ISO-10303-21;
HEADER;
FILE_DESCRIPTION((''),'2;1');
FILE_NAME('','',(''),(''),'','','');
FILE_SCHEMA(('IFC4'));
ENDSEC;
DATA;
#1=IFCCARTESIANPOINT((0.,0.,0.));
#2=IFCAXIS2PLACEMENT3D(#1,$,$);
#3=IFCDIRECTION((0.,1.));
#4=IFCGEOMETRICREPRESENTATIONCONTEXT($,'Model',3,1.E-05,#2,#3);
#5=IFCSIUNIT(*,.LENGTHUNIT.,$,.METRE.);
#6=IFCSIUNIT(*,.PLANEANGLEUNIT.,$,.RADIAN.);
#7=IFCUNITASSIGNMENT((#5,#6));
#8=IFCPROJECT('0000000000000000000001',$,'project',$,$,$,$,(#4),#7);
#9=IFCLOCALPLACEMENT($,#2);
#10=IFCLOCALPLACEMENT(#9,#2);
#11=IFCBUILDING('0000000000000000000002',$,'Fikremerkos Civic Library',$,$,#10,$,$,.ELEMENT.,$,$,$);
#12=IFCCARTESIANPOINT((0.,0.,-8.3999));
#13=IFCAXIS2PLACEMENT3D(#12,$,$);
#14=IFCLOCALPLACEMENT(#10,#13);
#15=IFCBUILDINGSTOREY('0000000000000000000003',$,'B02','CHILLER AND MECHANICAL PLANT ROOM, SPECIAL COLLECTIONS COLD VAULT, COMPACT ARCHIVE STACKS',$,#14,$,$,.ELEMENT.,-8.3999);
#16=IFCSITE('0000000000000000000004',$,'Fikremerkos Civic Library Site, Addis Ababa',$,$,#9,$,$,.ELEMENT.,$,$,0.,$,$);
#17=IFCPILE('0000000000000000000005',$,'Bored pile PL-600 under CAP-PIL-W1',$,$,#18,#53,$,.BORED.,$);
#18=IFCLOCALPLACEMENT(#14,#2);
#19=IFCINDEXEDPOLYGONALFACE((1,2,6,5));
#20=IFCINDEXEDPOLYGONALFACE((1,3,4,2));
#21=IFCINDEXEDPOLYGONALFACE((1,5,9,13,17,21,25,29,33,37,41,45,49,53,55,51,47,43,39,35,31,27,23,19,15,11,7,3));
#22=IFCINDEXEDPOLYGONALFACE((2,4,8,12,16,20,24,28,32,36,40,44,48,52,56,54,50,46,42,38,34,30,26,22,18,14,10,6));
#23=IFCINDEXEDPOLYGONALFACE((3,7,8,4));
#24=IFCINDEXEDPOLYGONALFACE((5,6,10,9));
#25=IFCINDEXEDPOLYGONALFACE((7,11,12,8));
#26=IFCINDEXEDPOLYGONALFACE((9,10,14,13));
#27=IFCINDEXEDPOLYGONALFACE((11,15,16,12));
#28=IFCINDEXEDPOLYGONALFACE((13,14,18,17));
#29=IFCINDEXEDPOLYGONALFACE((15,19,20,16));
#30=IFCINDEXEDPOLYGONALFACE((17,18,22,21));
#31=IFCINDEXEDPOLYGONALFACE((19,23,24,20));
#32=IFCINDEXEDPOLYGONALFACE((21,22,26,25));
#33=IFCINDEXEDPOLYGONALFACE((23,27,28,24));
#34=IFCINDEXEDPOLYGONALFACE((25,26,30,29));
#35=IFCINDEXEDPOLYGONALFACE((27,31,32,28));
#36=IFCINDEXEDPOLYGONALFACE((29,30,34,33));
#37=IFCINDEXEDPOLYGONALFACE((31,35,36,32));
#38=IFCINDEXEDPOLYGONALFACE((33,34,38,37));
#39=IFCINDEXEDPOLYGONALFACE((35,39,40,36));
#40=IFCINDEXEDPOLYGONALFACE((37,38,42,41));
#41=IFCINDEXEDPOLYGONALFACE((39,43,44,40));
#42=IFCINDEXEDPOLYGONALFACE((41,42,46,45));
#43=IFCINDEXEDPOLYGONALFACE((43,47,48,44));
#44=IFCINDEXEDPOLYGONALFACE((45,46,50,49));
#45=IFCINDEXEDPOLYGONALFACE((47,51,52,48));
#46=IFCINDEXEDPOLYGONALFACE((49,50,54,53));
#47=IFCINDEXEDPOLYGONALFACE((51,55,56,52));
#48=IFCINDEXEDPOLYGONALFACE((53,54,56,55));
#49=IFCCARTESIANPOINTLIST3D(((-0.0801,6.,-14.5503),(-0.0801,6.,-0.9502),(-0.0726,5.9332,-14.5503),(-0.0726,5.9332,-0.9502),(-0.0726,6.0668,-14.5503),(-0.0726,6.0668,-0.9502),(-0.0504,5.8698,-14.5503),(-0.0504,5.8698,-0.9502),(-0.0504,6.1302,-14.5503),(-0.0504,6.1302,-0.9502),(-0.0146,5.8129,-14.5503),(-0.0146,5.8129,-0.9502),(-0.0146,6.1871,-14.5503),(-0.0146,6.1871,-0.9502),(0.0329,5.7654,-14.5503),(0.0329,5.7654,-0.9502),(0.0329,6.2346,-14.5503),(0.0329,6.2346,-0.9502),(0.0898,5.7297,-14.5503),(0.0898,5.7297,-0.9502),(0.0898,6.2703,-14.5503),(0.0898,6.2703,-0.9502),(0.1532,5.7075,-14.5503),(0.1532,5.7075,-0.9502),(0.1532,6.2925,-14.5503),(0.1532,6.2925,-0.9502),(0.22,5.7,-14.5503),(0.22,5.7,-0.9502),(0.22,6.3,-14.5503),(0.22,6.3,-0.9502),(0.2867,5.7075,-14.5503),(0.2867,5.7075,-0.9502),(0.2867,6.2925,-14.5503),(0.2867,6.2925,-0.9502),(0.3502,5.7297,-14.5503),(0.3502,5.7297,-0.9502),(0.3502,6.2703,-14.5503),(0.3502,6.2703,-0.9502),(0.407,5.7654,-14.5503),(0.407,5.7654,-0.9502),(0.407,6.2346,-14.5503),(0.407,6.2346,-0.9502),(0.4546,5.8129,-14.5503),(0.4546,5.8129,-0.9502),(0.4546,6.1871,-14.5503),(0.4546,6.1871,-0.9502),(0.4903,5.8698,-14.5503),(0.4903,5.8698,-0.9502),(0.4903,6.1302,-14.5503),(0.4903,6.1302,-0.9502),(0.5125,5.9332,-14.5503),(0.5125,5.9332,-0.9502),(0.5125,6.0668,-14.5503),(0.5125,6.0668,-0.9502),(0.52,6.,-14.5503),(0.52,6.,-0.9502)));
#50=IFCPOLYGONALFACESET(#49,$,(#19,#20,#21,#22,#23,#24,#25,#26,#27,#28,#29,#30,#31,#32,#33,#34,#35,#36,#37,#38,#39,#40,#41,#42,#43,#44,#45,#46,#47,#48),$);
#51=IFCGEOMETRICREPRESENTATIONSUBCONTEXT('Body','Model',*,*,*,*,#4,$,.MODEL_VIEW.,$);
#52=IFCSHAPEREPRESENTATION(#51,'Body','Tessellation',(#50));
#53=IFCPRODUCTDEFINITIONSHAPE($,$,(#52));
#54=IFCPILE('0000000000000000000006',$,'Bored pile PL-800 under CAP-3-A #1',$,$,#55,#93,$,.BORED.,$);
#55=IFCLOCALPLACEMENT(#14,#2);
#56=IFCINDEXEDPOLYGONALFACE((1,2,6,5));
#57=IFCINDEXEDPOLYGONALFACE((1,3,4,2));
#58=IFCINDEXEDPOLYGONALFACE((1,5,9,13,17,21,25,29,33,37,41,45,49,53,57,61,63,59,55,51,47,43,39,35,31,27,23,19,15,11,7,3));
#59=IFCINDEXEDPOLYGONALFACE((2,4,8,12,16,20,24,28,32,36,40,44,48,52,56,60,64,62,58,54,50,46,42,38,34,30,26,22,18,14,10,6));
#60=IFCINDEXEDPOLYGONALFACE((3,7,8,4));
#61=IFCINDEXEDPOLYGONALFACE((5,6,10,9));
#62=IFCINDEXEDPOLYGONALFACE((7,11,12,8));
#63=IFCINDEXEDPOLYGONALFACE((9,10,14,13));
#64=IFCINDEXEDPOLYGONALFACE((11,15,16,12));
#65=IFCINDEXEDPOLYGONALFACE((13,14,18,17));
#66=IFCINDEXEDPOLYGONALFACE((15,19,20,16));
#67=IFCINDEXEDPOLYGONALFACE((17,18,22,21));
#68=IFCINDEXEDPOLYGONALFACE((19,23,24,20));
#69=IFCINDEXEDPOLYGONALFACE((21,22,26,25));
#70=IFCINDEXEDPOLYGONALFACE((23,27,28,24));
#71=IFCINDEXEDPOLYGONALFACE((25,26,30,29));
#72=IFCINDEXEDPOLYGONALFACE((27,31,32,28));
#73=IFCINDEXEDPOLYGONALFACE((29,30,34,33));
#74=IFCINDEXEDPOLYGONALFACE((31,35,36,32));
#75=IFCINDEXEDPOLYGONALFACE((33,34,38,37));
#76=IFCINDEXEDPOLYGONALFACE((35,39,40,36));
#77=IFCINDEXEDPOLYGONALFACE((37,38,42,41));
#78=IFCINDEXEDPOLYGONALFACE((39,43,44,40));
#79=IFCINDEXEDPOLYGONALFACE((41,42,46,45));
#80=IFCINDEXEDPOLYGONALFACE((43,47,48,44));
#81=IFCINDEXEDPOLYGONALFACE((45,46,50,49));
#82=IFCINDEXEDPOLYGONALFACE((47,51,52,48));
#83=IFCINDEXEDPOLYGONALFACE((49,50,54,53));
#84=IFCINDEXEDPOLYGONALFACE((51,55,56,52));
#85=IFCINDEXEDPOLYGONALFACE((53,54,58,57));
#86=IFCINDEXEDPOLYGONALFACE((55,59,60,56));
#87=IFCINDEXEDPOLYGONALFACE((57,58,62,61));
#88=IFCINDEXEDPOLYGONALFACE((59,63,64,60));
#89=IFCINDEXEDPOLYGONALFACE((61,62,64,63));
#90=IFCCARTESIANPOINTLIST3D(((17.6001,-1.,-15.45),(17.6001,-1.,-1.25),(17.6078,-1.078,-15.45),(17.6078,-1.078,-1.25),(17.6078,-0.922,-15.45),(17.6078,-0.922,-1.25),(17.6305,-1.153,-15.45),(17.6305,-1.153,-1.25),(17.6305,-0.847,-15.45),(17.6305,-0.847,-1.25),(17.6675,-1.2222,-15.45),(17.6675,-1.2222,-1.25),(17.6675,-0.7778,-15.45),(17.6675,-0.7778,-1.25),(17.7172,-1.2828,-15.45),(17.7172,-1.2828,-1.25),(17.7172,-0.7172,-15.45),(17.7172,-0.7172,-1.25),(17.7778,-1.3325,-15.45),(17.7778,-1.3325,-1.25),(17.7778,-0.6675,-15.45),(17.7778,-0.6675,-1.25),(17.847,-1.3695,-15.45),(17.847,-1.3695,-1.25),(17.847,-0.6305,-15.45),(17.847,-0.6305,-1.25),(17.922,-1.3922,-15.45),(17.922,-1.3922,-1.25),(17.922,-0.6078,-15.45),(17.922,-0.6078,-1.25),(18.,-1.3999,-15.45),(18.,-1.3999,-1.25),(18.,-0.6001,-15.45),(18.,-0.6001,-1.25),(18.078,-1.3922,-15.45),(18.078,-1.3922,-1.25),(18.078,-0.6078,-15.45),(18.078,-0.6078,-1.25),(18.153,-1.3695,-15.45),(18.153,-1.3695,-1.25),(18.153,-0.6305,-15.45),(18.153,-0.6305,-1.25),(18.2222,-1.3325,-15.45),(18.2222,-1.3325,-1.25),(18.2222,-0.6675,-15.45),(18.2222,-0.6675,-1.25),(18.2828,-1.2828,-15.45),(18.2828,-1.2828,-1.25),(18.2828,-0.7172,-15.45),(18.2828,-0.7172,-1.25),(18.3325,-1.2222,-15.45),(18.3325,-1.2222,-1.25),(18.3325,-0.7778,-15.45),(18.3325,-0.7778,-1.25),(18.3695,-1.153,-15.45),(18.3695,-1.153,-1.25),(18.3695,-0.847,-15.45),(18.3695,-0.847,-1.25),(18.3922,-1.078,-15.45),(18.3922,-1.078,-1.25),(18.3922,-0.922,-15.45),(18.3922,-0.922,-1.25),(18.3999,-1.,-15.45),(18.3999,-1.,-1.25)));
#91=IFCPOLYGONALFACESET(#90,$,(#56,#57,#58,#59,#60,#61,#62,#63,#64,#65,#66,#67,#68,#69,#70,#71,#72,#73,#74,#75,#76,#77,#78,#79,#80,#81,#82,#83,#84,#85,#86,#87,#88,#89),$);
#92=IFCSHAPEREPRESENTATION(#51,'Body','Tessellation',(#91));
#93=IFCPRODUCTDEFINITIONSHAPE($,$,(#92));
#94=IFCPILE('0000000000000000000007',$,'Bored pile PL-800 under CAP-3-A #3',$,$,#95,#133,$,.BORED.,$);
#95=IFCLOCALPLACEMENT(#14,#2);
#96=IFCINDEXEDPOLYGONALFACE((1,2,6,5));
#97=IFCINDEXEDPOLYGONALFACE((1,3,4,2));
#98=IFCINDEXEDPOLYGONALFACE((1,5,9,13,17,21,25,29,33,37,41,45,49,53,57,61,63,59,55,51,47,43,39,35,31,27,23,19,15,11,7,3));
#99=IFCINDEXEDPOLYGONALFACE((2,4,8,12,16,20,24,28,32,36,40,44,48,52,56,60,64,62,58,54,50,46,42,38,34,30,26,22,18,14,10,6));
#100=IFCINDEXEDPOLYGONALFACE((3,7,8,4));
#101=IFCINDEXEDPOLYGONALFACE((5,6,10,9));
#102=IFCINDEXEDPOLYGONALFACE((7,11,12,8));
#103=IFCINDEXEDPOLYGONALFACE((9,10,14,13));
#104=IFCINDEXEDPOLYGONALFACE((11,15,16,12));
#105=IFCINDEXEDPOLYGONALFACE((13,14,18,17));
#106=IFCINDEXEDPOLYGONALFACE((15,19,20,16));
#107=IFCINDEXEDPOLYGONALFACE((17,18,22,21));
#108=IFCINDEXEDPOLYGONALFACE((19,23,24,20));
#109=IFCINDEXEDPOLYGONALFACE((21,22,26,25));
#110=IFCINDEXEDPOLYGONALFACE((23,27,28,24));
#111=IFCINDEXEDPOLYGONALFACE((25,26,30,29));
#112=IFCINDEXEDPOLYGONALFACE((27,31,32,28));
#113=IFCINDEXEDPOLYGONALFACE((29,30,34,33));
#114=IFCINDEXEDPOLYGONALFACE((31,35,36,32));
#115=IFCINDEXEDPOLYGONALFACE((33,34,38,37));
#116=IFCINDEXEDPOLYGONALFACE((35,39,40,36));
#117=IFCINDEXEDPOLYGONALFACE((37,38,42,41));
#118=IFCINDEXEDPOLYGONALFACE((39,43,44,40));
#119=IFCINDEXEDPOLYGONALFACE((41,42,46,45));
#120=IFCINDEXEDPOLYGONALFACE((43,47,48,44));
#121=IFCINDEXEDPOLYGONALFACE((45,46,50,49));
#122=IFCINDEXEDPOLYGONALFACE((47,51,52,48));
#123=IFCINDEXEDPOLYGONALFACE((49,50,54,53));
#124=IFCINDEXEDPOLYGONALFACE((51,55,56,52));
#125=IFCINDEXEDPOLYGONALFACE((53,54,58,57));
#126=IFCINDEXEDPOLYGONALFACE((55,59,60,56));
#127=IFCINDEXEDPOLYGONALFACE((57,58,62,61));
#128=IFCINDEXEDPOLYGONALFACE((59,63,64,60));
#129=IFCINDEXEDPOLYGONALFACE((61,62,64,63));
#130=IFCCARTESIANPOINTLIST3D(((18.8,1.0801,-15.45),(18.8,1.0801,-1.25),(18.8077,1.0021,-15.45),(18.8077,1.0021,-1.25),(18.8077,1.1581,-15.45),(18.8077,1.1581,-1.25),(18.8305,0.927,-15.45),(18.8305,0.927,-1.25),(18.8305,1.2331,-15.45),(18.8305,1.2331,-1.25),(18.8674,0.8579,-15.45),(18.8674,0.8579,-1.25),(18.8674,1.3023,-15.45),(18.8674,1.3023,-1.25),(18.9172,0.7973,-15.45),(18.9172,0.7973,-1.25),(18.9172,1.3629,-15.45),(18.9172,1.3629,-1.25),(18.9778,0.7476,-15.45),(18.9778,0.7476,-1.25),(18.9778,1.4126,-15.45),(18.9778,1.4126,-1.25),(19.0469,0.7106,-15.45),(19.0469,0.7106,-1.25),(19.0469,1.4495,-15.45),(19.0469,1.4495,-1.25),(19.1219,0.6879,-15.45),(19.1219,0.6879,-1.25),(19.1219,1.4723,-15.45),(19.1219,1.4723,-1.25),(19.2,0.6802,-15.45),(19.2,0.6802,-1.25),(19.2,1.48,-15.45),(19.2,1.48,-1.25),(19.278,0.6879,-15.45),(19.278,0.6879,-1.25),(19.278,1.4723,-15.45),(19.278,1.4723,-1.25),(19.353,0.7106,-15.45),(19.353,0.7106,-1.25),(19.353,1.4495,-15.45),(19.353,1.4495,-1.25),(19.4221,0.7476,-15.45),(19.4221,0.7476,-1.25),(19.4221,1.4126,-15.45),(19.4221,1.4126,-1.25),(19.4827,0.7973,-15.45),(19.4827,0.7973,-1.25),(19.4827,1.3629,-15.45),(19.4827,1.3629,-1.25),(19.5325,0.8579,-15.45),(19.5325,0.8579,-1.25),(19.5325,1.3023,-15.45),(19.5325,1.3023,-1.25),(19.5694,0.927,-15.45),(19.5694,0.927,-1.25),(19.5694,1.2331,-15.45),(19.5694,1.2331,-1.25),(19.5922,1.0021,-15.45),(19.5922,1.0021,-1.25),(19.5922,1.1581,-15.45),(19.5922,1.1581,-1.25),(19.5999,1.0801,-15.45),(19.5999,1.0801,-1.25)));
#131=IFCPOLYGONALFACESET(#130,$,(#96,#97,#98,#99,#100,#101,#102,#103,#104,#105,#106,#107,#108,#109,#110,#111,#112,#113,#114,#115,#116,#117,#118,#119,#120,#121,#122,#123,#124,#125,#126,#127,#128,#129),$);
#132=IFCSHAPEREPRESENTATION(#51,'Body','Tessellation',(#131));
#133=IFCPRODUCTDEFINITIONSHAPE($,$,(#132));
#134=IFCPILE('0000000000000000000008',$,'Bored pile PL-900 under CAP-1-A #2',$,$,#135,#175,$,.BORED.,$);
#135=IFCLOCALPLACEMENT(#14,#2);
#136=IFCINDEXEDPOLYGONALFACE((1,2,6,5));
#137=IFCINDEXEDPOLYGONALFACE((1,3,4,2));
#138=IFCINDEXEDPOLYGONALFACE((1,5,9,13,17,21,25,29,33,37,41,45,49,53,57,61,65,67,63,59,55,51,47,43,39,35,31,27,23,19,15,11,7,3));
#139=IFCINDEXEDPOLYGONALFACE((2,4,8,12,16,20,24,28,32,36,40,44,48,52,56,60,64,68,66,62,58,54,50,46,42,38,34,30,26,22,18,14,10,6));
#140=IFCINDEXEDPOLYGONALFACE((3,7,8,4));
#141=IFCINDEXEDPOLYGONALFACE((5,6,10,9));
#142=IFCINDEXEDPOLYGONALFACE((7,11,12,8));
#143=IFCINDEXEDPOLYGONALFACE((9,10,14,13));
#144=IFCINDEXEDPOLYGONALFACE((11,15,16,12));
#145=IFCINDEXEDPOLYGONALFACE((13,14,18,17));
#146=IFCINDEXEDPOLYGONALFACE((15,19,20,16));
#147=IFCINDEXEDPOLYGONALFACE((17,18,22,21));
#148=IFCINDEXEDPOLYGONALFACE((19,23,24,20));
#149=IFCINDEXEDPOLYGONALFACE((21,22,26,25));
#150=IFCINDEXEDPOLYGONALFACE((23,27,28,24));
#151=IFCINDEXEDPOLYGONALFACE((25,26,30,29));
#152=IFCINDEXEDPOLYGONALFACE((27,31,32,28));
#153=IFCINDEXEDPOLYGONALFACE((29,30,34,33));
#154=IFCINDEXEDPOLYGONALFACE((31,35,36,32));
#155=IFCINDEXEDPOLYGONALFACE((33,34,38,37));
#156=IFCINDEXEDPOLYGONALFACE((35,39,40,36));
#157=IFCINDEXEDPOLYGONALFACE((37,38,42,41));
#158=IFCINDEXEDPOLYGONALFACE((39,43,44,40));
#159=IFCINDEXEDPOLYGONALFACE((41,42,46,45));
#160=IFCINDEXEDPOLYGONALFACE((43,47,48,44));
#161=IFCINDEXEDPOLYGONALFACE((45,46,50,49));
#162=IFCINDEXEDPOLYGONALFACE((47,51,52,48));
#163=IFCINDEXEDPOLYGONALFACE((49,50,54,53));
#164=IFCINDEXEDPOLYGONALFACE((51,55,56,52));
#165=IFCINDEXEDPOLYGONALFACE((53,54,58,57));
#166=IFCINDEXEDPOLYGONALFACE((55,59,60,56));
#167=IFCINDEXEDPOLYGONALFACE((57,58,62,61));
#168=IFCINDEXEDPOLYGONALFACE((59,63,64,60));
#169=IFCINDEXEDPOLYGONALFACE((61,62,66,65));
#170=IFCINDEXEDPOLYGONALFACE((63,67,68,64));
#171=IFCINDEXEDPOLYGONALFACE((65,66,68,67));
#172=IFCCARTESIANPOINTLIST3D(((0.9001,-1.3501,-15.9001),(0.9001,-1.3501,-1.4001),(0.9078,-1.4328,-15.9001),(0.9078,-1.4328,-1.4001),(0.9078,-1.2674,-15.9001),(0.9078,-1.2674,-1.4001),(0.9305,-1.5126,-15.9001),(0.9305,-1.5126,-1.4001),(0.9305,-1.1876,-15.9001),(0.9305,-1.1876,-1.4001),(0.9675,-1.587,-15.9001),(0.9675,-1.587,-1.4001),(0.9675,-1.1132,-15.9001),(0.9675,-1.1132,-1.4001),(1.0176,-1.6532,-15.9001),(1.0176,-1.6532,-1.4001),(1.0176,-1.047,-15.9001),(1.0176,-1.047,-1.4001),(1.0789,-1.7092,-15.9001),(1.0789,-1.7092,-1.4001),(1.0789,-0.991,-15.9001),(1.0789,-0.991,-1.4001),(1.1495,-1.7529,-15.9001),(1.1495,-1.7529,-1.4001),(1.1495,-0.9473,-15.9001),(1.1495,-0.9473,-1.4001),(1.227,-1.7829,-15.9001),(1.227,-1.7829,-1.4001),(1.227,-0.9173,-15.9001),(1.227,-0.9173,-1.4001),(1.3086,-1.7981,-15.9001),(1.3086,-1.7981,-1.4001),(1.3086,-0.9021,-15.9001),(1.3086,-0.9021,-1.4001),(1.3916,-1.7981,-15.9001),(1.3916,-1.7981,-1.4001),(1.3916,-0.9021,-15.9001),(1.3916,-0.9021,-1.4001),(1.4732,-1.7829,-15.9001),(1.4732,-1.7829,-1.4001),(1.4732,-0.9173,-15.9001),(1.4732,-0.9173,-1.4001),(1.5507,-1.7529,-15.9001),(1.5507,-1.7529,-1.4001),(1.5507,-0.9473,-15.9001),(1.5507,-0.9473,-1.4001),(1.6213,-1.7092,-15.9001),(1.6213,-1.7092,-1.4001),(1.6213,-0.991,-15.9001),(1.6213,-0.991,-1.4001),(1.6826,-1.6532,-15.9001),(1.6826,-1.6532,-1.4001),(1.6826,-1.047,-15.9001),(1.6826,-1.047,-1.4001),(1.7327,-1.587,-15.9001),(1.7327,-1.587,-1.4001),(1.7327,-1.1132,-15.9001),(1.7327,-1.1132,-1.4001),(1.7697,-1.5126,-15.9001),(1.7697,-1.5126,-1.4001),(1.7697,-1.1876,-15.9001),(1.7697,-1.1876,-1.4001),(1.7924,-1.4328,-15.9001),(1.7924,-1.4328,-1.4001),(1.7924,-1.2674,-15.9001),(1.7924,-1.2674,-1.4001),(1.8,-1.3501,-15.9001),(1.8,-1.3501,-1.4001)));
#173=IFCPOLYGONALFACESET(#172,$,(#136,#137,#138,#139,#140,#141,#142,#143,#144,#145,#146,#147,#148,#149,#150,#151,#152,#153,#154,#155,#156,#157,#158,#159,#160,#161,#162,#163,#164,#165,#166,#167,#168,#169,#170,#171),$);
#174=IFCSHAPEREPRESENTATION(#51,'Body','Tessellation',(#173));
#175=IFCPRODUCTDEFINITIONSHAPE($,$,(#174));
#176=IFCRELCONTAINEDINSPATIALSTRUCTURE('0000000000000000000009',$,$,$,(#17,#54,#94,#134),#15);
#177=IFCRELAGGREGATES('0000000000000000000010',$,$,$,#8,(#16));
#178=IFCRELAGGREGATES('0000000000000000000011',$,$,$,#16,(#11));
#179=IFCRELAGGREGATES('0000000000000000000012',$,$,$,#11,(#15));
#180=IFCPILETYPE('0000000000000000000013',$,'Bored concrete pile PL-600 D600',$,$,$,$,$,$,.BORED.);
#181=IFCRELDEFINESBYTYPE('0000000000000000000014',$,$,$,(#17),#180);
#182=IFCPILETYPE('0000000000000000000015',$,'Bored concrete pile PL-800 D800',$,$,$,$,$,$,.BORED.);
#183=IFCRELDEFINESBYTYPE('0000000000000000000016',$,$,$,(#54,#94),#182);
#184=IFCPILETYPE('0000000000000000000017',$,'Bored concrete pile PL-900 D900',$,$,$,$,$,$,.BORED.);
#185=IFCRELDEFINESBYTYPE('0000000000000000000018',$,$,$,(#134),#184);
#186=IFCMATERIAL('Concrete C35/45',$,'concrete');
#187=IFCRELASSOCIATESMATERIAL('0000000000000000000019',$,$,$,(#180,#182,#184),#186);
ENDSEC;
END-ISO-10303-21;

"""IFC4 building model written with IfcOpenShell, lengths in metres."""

from ifc_helpers import new_model, si_unit, direction, frame, origin, origin_2d, place, context, subcontext, project, spatial, circle, extrude, material, material_profile, profile_set, type_object, element, save


model = new_model("IFC4")

# Units and contexts
model_context = context("Model", 3, precision=1e-05, world=origin(), true_north=direction((0.0, 1.0)))
body_context = subcontext(model_context, "Body", "Model", "MODEL_VIEW")
ifc_project = project(units=[si_unit("LENGTHUNIT", "METRE"), si_unit("PLANEANGLEUNIT", "RADIAN")], contexts=[model_context])

# Site, building, storey
site_placement = place(None, origin())
site = spatial("IfcSite", under=ifc_project, at=site_placement, Name="Fikremerkos Civic Library Site, Addis Ababa", CompositionType="ELEMENT", RefElevation=0.0)
building_placement = place(site_placement, origin())
building = spatial("IfcBuilding", under=site, at=building_placement, Name="Fikremerkos Civic Library", CompositionType="ELEMENT")
storey_placement = place(building_placement, frame((0.0, 0.0, -8.3999)))
storey = spatial("IfcBuildingStorey", under=building, at=storey_placement, Name="B02", Description="CHILLER AND MECHANICAL PLANT ROOM, SPECIAL COLLECTIONS COLD VAULT, COMPACT ARCHIVE STACKS", CompositionType="ELEMENT", Elevation=-8.3999)

# Piles
ifc_material_1 = material(Name="Concrete C35/45", Category="concrete")
ifc_material_profile_1 = material_profile(ifc_material_1, circle(Radius=0.3, at=origin_2d()), Name="BORED PILE 600")
ifc_profile_set_1 = profile_set([ifc_material_profile_1], Name="Concrete C35/45")
pile_type_1 = type_object("IfcPileType", Name="Bored concrete pile PL-600 D600", PredefinedType="BORED", material=ifc_profile_set_1)
pile_placement = place(storey_placement, frame((0.22, 6.0, -0.9502), z_axis=(0.0, 0.0, -1.0), x_axis=(1.0, 0.0, 0.0)))
element("IfcPile", 1, at=pile_placement, inside=storey, type_object=pile_type_1, Name="Bored pile PL-600 under CAP-PIL-W1", PredefinedType="BORED", context=body_context, shape_type="SweptSolid", body=[
    extrude(circle(Radius=0.3, at=origin_2d()), origin(), (0.0, 0.0, 1.0), 13.6001),
])
ifc_material_profile_2 = material_profile(ifc_material_1, circle(Radius=0.3999, at=origin_2d()), Name="BORED PILE 800")
ifc_profile_set_2 = profile_set([ifc_material_profile_2], Name="Concrete C35/45")
pile_type_2 = type_object("IfcPileType", Name="Bored concrete pile PL-800 D800", PredefinedType="BORED", material=ifc_profile_set_2)
for number, where, z_axis, x_axis, name in (
    (2, (18.0, -1.0, -1.25), (0.0, 0.0, -1.0), (1.0, 0.0, 0.0), "Bored pile PL-800 under CAP-3-A #1"),
    (3, (19.2, 1.0801, -1.25), (0.0, 0.0, -1.0), (1.0, 0.0, 0.0), "Bored pile PL-800 under CAP-3-A #3"),
):
    element("IfcPile", number, at=place(storey_placement, frame(where, z_axis=z_axis, x_axis=x_axis)), inside=storey, type_object=pile_type_2, Name=name, PredefinedType="BORED", context=body_context, shape_type="SweptSolid", body=[
        extrude(circle(Radius=0.3999, at=origin_2d()), origin(), (0.0, 0.0, 1.0), 14.2),
    ])
ifc_material_profile_3 = material_profile(ifc_material_1, circle(Radius=0.45, at=origin_2d()), Name="BORED PILE 900")
ifc_profile_set_3 = profile_set([ifc_material_profile_3], Name="Concrete C35/45")
pile_type_3 = type_object("IfcPileType", Name="Bored concrete pile PL-900 D900", PredefinedType="BORED", material=ifc_profile_set_3)
for number, where, z_axis, x_axis, name in (
    (4, (1.3501, -1.3501, -1.4001), (0.0, 0.0, -1.0), (1.0, 0.0, 0.0), "Bored pile PL-900 under CAP-1-A #2"),
):
    element("IfcPile", number, at=place(storey_placement, frame(where, z_axis=z_axis, x_axis=x_axis)), inside=storey, type_object=pile_type_3, Name=name, PredefinedType="BORED", context=body_context, shape_type="SweptSolid", body=[
        extrude(circle(Radius=0.45, at=origin_2d()), origin(), (0.0, 0.0, 1.0), 14.5),
    ])

save(model, "model.ifc")
